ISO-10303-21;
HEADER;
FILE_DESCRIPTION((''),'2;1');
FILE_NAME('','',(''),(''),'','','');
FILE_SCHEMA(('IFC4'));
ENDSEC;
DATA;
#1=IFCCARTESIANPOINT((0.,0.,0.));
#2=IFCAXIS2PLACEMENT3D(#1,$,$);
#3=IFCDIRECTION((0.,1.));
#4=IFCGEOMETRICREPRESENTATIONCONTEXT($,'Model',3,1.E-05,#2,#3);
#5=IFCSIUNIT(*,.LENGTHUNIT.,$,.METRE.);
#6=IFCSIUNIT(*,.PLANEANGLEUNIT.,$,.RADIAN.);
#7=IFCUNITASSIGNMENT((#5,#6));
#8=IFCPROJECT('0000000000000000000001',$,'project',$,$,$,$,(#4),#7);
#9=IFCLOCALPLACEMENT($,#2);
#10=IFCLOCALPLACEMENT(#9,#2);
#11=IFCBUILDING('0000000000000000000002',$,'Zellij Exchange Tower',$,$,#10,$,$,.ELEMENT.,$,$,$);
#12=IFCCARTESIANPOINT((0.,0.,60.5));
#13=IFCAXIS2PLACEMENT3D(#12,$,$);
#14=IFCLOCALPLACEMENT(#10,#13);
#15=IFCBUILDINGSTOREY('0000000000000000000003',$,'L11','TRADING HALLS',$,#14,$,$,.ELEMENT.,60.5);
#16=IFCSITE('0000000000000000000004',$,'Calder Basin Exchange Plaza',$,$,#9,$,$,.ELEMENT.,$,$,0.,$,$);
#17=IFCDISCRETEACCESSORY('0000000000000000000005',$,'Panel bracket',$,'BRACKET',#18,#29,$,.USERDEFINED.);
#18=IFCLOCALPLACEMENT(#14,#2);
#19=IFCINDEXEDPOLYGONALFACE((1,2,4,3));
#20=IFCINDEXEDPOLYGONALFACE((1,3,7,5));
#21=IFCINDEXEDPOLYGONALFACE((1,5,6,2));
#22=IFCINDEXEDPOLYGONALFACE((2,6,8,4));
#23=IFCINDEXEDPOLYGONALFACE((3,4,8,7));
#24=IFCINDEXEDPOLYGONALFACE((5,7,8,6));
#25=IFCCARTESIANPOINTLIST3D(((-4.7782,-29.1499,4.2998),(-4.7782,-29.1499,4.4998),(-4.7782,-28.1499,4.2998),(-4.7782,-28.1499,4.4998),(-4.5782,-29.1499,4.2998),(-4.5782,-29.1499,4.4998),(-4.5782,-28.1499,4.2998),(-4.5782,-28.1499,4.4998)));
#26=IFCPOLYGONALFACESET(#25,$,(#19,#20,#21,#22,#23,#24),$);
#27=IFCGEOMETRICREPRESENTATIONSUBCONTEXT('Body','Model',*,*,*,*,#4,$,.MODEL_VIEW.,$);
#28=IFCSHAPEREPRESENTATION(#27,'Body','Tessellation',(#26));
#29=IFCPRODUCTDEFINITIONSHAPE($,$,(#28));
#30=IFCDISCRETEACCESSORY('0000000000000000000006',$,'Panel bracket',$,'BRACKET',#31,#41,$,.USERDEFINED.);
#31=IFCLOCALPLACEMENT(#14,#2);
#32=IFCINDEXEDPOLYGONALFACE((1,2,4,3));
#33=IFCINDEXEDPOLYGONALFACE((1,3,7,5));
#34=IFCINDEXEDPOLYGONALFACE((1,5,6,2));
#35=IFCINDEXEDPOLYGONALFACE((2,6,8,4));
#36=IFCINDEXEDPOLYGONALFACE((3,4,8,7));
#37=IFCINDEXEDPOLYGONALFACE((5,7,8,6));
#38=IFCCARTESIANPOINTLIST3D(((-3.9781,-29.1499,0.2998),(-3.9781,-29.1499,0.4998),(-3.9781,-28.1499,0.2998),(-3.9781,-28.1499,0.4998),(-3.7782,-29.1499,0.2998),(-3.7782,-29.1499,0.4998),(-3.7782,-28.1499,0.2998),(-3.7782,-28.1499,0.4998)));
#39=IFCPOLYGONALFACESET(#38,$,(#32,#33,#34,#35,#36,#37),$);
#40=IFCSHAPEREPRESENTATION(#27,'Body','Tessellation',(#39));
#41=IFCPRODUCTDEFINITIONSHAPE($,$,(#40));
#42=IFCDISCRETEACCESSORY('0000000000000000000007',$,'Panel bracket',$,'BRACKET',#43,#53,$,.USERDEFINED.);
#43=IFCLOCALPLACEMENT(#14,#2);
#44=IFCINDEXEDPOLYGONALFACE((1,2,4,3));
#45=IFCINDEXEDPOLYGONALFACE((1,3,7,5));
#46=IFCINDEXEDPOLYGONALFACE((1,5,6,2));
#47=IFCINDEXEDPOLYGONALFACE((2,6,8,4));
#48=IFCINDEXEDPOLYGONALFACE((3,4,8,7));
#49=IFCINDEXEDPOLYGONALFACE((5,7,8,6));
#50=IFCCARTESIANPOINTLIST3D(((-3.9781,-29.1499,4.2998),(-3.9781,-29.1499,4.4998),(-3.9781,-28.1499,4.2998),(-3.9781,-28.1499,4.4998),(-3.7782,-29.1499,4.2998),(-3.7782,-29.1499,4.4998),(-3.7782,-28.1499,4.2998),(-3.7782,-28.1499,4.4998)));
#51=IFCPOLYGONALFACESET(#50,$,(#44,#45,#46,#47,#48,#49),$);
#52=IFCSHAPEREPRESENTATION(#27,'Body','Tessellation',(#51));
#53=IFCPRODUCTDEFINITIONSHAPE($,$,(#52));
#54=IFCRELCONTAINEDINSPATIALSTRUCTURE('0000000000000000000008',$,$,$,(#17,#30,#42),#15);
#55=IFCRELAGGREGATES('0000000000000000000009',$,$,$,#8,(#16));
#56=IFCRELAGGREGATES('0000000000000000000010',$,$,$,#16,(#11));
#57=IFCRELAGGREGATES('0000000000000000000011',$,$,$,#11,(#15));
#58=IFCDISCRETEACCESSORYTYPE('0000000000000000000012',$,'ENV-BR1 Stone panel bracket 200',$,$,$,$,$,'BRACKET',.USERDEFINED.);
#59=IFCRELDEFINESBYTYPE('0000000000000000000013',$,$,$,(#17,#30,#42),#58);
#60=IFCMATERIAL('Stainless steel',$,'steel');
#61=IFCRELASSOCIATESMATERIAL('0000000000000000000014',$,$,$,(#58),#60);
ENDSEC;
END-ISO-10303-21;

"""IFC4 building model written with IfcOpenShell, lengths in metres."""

from ifc_helpers import new_model, si_unit, direction, frame, origin, origin_2d, place, context, subcontext, project, spatial, rectangle, extrude, material, type_object, element, save


model = new_model("IFC4")

# Units and contexts
model_context = context("Model", 3, precision=1e-05, world=origin(), true_north=direction((0.0, 1.0)))
body_context = subcontext(model_context, "Body", "Model", "MODEL_VIEW")
ifc_project = project(units=[si_unit("LENGTHUNIT", "METRE"), si_unit("PLANEANGLEUNIT", "RADIAN")], contexts=[model_context])

# Site, building, storey
site_placement = place(None, origin())
site = spatial("IfcSite", under=ifc_project, at=site_placement, Name="Calder Basin Exchange Plaza", CompositionType="ELEMENT", RefElevation=0.0)
building_placement = place(site_placement, origin())
building = spatial("IfcBuilding", under=site, at=building_placement, Name="Zellij Exchange Tower", CompositionType="ELEMENT")
storey_placement = place(building_placement, frame((0.0, 0.0, 60.5)))
storey = spatial("IfcBuildingStorey", under=building, at=storey_placement, Name="L11", Description="TRADING HALLS", CompositionType="ELEMENT", Elevation=60.5)

# Discrete accessories
ifc_material_1 = material(Name="Stainless steel", Category="steel")
discrete_accessory_type = type_object("IfcDiscreteAccessoryType", Name="ENV-BR1 Stone panel bracket 200", ElementType="BRACKET", PredefinedType="USERDEFINED", material=ifc_material_1)
for number, where, z_axis, x_axis, name in (
    (1, (-4.6782, -28.6499, 4.2998), (0.0, 0.0, 1.0), (1.0, 0.0, 0.0), "Panel bracket"),
    (2, (-3.8782, -28.6499, 0.2998), (0.0, 0.0, 1.0), (1.0, 0.0, 0.0), "Panel bracket"),
    (3, (-3.8782, -28.6499, 4.2998), (0.0, 0.0, 1.0), (1.0, 0.0, 0.0), "Panel bracket"),
):
    element("IfcDiscreteAccessory", number, at=place(storey_placement, frame(where, z_axis=z_axis, x_axis=x_axis)), inside=storey, type_object=discrete_accessory_type, Name=name, ObjectType="BRACKET", PredefinedType="USERDEFINED", context=body_context, shape_type="SweptSolid", body=[
        extrude(rectangle(XDim=0.2, YDim=1.0, at=origin_2d()), origin(), (0.0, 0.0, 1.0), 0.2),
    ])

save(model, "model.ifc")
